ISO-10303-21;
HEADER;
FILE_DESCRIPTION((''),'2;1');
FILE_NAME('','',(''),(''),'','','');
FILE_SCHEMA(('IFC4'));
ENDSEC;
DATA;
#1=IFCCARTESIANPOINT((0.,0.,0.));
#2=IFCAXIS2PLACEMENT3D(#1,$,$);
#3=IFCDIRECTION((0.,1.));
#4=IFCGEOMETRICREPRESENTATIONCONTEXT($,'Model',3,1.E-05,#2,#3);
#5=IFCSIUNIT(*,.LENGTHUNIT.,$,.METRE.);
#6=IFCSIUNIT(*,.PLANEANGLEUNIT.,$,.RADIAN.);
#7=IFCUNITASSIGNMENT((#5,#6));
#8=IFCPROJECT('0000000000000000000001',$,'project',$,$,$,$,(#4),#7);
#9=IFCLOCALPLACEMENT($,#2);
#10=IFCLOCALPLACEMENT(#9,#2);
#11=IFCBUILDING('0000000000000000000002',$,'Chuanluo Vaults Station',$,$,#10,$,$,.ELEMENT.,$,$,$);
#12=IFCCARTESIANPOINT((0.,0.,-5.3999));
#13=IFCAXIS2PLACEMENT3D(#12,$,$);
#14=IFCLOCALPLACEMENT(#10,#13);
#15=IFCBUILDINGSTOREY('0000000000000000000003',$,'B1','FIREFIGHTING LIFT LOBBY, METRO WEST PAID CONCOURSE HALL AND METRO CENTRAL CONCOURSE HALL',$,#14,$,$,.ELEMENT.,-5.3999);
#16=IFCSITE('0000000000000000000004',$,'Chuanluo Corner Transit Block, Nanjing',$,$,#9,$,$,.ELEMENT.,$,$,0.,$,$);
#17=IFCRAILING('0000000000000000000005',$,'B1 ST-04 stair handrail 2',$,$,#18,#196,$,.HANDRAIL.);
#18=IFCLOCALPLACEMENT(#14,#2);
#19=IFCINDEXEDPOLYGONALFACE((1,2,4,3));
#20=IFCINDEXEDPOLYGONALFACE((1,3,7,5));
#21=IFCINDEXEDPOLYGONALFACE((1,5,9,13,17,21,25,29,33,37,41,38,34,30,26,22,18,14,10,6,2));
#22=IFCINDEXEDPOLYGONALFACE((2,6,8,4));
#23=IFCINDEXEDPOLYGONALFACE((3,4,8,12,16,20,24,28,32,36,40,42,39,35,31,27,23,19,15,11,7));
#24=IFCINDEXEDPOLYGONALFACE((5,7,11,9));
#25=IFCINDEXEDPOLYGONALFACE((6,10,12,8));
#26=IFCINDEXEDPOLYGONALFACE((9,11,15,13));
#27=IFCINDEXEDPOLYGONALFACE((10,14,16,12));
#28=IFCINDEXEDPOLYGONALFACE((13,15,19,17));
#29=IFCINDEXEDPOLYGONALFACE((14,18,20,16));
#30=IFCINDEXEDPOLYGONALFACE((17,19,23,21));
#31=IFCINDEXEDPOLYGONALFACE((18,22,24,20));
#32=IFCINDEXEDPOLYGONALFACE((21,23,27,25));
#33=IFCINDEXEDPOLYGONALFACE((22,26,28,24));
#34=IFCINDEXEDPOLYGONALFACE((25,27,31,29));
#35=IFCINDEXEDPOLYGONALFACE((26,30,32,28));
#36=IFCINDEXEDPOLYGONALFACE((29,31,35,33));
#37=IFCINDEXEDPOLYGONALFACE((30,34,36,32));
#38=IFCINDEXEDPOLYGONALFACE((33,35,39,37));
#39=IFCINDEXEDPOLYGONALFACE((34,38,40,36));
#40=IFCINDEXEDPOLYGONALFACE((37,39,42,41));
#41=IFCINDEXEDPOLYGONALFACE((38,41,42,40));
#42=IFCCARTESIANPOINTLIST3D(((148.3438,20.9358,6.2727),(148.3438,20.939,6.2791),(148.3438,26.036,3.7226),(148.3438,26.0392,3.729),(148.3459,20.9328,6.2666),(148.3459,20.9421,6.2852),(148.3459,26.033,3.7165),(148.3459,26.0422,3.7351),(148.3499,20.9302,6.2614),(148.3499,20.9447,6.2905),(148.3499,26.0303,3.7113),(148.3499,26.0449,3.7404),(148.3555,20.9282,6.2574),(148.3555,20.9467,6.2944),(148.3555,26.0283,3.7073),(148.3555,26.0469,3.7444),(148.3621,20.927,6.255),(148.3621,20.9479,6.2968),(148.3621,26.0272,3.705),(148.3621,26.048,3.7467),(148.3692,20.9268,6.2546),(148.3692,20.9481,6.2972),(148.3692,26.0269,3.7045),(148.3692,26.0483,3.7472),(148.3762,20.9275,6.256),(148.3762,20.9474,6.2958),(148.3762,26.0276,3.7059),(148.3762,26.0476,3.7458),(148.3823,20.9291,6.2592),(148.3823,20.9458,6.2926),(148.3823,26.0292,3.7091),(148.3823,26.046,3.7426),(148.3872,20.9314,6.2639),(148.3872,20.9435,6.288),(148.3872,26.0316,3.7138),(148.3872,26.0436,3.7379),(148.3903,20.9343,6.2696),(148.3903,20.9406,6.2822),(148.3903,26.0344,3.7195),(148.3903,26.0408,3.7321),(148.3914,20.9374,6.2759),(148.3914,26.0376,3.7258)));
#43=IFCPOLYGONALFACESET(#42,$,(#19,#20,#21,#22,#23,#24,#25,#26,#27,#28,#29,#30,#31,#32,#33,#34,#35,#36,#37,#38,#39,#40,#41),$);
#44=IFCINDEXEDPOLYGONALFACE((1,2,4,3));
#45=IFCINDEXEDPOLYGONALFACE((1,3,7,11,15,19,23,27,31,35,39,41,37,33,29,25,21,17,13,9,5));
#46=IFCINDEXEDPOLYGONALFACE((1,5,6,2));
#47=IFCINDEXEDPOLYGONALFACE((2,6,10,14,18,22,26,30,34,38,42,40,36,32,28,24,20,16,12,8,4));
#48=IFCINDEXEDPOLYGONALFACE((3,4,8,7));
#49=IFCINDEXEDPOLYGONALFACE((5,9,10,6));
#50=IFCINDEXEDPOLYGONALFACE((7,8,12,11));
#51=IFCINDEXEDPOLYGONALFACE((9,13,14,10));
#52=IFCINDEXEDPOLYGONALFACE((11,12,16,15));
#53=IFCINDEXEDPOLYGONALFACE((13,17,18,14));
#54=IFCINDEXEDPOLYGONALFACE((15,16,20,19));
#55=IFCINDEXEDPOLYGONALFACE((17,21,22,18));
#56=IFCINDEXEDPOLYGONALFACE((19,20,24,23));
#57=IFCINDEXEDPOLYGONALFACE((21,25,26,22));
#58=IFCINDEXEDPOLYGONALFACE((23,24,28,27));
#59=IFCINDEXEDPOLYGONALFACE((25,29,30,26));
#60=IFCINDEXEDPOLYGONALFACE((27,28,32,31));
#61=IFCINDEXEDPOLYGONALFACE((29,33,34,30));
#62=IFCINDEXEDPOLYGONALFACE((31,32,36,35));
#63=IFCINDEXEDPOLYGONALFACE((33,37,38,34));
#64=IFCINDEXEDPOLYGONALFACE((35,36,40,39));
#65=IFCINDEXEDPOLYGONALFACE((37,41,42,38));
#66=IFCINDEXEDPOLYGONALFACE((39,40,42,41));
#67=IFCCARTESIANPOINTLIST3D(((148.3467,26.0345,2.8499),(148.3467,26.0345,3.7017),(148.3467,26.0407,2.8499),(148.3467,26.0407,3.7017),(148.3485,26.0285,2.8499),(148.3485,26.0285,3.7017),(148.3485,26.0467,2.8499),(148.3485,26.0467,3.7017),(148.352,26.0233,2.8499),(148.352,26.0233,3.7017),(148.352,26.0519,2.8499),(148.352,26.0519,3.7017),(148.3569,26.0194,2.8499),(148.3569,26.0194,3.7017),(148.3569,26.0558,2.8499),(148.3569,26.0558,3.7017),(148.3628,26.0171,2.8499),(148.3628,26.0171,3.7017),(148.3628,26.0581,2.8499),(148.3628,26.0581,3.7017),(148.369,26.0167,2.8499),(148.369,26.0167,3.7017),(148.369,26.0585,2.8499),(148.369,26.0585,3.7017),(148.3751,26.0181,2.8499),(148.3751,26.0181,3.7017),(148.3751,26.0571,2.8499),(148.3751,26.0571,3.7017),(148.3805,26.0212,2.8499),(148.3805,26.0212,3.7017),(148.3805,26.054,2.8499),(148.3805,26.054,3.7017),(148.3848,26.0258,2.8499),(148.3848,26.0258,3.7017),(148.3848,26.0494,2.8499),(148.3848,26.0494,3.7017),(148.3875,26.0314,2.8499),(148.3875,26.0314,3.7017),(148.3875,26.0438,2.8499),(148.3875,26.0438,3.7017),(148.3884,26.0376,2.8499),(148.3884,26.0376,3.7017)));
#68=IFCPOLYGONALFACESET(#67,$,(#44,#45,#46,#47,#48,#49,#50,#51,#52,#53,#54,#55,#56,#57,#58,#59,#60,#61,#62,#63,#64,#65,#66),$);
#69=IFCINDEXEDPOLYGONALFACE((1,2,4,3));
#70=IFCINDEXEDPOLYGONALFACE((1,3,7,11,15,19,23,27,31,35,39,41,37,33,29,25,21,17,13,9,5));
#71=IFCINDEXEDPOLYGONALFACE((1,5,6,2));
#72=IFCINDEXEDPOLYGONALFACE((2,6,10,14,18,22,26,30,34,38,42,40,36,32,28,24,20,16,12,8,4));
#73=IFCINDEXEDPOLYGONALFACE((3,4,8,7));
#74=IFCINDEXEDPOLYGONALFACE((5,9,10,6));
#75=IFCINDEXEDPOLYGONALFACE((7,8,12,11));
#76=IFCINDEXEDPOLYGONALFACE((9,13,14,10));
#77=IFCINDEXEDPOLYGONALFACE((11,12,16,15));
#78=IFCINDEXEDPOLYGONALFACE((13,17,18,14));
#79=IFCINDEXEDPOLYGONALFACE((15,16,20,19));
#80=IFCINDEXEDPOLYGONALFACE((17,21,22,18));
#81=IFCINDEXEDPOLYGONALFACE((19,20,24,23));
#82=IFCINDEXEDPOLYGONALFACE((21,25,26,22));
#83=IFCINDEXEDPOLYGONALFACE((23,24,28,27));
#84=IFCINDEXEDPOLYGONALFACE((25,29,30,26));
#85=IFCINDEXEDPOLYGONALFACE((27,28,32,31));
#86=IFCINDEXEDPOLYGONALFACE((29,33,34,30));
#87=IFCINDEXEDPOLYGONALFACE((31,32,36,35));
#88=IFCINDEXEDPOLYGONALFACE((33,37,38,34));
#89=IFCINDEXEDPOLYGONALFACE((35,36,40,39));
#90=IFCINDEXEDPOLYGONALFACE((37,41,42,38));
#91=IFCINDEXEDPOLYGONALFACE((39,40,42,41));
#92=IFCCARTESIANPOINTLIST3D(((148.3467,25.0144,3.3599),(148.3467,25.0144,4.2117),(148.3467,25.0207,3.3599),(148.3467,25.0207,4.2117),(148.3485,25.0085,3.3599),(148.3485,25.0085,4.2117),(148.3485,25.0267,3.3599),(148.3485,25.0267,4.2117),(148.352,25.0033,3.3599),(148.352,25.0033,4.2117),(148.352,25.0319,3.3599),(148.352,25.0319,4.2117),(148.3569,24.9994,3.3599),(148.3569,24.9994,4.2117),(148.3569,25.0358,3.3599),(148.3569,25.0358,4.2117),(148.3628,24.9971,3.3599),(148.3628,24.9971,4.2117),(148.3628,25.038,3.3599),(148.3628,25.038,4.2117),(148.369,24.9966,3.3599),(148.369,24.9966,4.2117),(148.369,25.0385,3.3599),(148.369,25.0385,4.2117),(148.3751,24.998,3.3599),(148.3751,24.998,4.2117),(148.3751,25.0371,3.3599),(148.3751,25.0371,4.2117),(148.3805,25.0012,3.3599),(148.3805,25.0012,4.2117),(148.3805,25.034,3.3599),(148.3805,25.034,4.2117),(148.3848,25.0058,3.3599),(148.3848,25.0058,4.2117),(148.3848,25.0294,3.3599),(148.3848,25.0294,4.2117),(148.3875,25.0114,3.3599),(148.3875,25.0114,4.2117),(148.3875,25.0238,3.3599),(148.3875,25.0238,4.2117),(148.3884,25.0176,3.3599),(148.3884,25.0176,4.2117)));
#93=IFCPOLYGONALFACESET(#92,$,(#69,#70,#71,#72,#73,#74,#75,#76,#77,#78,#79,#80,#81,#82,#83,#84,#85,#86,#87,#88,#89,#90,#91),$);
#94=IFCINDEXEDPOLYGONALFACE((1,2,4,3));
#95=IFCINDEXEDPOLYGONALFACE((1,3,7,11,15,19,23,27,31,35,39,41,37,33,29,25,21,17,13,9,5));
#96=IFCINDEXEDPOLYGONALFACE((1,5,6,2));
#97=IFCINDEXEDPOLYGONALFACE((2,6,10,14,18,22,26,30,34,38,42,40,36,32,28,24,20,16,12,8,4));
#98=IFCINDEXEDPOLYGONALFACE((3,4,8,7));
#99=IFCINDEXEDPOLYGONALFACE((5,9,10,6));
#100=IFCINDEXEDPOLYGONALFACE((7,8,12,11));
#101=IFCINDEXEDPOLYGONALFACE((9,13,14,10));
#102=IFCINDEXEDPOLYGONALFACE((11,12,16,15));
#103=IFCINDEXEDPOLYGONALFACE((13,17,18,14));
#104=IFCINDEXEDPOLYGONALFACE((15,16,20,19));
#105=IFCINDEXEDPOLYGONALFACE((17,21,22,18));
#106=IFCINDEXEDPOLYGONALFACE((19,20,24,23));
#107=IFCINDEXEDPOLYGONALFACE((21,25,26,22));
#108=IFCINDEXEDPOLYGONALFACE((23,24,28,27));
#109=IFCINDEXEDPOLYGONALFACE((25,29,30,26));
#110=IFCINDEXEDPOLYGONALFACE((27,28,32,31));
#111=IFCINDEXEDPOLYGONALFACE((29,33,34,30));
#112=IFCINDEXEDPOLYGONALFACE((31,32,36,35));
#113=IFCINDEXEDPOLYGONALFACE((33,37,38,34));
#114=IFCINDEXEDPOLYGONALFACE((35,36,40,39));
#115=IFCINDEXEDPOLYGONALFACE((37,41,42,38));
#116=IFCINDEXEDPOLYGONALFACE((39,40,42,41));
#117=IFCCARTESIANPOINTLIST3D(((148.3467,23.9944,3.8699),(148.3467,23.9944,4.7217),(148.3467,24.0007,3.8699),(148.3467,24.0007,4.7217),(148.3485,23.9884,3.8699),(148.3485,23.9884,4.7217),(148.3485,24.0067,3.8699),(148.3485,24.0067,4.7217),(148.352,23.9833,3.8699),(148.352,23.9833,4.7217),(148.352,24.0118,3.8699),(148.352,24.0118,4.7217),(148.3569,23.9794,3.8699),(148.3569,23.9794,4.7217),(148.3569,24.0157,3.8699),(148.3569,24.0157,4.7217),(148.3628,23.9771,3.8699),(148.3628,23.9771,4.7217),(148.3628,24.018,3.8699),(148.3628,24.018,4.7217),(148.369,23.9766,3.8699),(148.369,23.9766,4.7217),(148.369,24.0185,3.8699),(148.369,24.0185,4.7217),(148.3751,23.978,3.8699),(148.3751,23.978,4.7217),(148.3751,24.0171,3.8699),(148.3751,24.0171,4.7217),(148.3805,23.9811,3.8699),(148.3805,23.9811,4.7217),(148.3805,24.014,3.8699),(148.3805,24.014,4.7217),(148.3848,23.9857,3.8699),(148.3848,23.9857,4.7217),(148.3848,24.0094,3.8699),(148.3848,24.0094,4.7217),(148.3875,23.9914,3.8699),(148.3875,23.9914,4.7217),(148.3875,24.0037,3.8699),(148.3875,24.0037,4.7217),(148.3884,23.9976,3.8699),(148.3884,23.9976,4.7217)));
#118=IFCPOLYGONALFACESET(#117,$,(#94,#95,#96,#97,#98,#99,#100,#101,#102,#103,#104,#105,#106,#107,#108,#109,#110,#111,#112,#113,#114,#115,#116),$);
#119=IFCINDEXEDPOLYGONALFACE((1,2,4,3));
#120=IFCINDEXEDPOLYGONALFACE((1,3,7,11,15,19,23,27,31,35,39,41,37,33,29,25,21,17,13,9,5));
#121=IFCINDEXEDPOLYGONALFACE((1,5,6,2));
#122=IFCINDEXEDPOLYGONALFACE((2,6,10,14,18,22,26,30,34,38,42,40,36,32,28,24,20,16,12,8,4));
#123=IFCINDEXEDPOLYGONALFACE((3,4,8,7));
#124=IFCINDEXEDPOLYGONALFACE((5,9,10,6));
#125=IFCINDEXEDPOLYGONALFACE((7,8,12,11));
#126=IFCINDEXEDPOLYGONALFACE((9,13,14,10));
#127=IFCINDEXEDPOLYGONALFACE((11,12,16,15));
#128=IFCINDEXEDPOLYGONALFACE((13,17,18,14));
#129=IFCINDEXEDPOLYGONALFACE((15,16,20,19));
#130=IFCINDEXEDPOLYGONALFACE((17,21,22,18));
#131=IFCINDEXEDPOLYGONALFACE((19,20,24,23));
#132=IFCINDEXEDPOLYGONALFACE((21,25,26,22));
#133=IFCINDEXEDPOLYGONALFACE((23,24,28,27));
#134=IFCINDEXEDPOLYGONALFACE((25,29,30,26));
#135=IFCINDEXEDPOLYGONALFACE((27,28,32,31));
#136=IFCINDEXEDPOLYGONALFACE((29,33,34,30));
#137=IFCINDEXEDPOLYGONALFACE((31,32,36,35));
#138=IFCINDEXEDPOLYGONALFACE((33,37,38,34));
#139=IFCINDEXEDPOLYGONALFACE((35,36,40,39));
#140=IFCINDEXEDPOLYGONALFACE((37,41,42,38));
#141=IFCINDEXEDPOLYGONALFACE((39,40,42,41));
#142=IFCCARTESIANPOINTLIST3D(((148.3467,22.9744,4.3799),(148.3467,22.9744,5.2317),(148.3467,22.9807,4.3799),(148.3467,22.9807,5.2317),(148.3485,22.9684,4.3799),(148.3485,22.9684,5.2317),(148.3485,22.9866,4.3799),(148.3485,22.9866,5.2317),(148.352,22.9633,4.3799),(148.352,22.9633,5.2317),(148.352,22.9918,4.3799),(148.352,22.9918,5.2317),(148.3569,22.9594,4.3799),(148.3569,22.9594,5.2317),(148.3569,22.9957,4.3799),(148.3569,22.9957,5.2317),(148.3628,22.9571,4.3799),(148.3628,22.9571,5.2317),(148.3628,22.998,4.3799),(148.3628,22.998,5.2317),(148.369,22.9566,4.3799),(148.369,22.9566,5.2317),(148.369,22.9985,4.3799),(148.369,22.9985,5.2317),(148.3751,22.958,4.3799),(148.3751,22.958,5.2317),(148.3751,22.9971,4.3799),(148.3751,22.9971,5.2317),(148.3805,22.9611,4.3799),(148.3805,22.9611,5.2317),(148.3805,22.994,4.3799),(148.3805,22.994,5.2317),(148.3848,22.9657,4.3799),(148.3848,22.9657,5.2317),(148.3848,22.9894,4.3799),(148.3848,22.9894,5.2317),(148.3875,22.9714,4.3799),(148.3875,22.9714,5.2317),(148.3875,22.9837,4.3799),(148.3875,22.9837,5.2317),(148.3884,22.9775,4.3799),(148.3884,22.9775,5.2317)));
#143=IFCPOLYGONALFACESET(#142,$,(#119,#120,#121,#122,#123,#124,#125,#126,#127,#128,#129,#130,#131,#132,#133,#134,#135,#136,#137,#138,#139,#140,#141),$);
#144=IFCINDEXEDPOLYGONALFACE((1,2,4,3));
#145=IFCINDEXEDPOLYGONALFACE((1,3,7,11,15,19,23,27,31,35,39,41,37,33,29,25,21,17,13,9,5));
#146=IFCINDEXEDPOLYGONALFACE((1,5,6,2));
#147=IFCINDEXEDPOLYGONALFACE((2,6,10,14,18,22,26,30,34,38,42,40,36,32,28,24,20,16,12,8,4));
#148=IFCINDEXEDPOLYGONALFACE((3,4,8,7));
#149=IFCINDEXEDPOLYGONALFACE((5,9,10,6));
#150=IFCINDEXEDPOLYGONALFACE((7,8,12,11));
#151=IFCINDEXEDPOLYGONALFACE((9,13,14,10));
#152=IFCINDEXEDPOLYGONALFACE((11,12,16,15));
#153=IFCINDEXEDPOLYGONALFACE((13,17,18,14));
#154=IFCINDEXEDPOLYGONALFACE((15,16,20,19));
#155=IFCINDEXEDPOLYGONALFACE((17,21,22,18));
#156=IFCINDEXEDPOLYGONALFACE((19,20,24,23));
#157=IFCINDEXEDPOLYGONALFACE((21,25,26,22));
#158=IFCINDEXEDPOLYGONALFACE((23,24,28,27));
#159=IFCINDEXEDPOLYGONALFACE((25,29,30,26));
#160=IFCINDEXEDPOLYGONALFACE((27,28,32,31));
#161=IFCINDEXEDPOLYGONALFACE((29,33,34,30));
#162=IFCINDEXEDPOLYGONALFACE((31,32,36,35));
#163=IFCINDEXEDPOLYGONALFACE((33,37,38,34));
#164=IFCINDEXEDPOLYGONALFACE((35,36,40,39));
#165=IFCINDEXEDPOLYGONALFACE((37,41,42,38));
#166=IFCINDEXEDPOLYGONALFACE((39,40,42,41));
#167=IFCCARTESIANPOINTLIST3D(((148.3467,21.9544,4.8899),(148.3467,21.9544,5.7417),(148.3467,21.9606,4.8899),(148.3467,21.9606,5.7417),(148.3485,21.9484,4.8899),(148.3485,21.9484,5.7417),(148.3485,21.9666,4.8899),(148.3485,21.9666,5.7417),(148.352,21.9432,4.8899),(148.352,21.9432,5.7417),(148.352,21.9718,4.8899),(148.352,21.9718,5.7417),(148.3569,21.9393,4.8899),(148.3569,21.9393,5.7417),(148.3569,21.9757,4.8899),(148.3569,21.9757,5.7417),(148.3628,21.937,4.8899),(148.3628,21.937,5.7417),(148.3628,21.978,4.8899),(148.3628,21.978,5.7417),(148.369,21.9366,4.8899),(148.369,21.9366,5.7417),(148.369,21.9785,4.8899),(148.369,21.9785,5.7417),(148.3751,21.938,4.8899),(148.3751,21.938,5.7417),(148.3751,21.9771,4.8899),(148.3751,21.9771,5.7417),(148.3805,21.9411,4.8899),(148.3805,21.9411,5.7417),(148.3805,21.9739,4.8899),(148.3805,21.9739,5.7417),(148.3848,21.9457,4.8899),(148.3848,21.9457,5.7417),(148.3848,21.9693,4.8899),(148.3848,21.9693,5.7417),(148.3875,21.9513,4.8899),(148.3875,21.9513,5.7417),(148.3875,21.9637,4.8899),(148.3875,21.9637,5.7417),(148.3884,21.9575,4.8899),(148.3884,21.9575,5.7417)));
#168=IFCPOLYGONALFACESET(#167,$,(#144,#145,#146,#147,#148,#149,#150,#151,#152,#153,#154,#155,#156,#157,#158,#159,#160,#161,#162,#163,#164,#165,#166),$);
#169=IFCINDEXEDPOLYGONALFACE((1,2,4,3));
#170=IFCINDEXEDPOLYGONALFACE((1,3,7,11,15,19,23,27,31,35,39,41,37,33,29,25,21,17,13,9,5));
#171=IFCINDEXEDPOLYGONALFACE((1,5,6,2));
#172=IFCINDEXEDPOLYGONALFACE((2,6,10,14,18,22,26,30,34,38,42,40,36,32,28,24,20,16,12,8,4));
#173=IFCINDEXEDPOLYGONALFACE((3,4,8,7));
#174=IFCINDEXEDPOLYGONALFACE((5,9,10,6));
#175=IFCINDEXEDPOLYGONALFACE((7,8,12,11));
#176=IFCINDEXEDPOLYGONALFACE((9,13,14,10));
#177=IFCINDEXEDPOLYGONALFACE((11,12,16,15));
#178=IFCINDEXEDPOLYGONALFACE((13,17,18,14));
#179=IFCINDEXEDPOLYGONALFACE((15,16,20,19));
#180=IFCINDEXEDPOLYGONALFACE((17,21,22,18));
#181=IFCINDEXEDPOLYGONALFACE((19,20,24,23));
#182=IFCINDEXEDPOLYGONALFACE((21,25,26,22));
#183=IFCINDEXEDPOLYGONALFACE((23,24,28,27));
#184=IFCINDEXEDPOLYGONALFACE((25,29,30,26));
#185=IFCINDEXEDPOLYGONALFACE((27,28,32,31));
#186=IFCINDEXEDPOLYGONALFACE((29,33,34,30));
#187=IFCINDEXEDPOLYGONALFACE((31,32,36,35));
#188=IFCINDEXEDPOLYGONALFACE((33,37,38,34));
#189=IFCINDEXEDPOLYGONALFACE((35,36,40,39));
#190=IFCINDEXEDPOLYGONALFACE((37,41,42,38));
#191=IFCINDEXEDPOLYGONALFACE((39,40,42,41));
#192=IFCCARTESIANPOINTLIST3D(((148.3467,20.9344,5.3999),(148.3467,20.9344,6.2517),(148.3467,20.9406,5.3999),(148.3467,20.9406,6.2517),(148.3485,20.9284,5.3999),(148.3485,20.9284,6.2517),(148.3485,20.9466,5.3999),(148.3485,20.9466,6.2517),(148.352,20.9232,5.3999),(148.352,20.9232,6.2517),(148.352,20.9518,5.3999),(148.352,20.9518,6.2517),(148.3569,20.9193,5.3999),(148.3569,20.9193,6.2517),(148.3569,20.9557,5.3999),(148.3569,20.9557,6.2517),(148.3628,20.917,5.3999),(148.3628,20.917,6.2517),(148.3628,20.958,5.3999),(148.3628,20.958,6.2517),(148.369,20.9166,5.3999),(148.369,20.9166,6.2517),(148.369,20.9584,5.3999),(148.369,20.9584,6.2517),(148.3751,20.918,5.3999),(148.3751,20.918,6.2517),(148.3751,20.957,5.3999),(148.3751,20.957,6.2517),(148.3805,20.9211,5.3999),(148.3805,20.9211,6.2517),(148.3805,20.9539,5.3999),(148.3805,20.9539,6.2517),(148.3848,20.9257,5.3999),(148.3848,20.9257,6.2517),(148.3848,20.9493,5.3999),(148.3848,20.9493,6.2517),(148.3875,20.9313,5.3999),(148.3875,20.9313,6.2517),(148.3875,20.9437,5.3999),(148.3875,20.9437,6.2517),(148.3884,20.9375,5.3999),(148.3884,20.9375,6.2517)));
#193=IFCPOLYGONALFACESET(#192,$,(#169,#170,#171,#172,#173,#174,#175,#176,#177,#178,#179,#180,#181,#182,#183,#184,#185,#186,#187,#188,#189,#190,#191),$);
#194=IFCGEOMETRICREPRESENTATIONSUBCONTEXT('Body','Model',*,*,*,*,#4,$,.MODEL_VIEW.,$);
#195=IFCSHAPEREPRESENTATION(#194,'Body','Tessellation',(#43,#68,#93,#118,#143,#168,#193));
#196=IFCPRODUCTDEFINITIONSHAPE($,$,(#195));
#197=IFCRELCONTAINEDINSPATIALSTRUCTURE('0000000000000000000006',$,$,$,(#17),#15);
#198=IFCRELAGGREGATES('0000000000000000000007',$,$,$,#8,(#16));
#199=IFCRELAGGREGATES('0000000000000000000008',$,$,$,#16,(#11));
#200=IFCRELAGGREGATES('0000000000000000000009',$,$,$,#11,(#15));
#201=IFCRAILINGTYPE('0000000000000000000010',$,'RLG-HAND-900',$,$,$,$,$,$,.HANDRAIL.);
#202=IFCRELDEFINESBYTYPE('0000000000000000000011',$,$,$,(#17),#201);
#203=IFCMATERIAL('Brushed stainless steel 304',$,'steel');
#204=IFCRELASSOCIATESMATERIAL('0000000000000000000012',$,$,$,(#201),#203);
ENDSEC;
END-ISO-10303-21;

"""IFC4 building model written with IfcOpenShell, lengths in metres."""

from ifc_helpers import new_model, si_unit, direction, frame, origin, origin_2d, place, context, subcontext, project, spatial, circle, extrude, material, type_object, element, save


model = new_model("IFC4")

# Units and contexts
model_context = context("Model", 3, precision=1e-05, world=origin(), true_north=direction((0.0, 1.0)))
body_context = subcontext(model_context, "Body", "Model", "MODEL_VIEW")
ifc_project = project(units=[si_unit("LENGTHUNIT", "METRE"), si_unit("PLANEANGLEUNIT", "RADIAN")], contexts=[model_context])

# Site, building, storey
site_placement = place(None, origin())
site = spatial("IfcSite", under=ifc_project, at=site_placement, Name="Chuanluo Corner Transit Block, Nanjing", CompositionType="ELEMENT", RefElevation=0.0)
building_placement = place(site_placement, origin())
building = spatial("IfcBuilding", under=site, at=building_placement, Name="Chuanluo Vaults Station", CompositionType="ELEMENT")
storey_placement = place(building_placement, frame((0.0, 0.0, -5.3999)))
storey = spatial("IfcBuildingStorey", under=building, at=storey_placement, Name="B1", Description="FIREFIGHTING LIFT LOBBY, METRO WEST PAID CONCOURSE HALL AND METRO CENTRAL CONCOURSE HALL", CompositionType="ELEMENT", Elevation=-5.3999)

# Railing
ifc_material_1 = material(Name="Brushed stainless steel 304", Category="steel")
railing_type_1 = type_object("IfcRailingType", Name="RLG-HAND-900", PredefinedType="HANDRAIL", material=ifc_material_1)
railing_1_placement = place(storey_placement, frame((148.3674, 26.0376, 2.8499)))
element("IfcRailing", 1, at=railing_1_placement, inside=storey, type_object=railing_type_1, Name="B1 ST-04 stair handrail 2", PredefinedType="HANDRAIL", context=body_context, shape_type="SweptSolid", body=[
    extrude(circle(Radius=0.0239, at=origin_2d()), frame((0.0, 0.0, 0.876), z_axis=(0.0, -0.894427, 0.447214), x_axis=(1.0, 0.0, 0.0)), (0.0, 0.0, 1.0), 5.7021),
    extrude(circle(Radius=0.021, at=origin_2d()), origin(), (0.0, 0.0, 1.0), 0.8518),
    extrude(circle(Radius=0.021, at=origin_2d()), frame((0.0, -1.02, 0.51)), (0.0, 0.0, 1.0), 0.8518),
    extrude(circle(Radius=0.021, at=origin_2d()), frame((0.0, -2.04, 1.02)), (0.0, 0.0, 1.0), 0.8518),
    extrude(circle(Radius=0.021, at=origin_2d()), frame((0.0, -3.0601, 1.53)), (0.0, 0.0, 1.0), 0.8518),
    extrude(circle(Radius=0.021, at=origin_2d()), frame((0.0, -4.0801, 2.04)), (0.0, 0.0, 1.0), 0.8518),
    extrude(circle(Radius=0.021, at=origin_2d()), frame((0.0, -5.1001, 2.55)), (0.0, 0.0, 1.0), 0.8518),
])

save(model, "model.ifc")
